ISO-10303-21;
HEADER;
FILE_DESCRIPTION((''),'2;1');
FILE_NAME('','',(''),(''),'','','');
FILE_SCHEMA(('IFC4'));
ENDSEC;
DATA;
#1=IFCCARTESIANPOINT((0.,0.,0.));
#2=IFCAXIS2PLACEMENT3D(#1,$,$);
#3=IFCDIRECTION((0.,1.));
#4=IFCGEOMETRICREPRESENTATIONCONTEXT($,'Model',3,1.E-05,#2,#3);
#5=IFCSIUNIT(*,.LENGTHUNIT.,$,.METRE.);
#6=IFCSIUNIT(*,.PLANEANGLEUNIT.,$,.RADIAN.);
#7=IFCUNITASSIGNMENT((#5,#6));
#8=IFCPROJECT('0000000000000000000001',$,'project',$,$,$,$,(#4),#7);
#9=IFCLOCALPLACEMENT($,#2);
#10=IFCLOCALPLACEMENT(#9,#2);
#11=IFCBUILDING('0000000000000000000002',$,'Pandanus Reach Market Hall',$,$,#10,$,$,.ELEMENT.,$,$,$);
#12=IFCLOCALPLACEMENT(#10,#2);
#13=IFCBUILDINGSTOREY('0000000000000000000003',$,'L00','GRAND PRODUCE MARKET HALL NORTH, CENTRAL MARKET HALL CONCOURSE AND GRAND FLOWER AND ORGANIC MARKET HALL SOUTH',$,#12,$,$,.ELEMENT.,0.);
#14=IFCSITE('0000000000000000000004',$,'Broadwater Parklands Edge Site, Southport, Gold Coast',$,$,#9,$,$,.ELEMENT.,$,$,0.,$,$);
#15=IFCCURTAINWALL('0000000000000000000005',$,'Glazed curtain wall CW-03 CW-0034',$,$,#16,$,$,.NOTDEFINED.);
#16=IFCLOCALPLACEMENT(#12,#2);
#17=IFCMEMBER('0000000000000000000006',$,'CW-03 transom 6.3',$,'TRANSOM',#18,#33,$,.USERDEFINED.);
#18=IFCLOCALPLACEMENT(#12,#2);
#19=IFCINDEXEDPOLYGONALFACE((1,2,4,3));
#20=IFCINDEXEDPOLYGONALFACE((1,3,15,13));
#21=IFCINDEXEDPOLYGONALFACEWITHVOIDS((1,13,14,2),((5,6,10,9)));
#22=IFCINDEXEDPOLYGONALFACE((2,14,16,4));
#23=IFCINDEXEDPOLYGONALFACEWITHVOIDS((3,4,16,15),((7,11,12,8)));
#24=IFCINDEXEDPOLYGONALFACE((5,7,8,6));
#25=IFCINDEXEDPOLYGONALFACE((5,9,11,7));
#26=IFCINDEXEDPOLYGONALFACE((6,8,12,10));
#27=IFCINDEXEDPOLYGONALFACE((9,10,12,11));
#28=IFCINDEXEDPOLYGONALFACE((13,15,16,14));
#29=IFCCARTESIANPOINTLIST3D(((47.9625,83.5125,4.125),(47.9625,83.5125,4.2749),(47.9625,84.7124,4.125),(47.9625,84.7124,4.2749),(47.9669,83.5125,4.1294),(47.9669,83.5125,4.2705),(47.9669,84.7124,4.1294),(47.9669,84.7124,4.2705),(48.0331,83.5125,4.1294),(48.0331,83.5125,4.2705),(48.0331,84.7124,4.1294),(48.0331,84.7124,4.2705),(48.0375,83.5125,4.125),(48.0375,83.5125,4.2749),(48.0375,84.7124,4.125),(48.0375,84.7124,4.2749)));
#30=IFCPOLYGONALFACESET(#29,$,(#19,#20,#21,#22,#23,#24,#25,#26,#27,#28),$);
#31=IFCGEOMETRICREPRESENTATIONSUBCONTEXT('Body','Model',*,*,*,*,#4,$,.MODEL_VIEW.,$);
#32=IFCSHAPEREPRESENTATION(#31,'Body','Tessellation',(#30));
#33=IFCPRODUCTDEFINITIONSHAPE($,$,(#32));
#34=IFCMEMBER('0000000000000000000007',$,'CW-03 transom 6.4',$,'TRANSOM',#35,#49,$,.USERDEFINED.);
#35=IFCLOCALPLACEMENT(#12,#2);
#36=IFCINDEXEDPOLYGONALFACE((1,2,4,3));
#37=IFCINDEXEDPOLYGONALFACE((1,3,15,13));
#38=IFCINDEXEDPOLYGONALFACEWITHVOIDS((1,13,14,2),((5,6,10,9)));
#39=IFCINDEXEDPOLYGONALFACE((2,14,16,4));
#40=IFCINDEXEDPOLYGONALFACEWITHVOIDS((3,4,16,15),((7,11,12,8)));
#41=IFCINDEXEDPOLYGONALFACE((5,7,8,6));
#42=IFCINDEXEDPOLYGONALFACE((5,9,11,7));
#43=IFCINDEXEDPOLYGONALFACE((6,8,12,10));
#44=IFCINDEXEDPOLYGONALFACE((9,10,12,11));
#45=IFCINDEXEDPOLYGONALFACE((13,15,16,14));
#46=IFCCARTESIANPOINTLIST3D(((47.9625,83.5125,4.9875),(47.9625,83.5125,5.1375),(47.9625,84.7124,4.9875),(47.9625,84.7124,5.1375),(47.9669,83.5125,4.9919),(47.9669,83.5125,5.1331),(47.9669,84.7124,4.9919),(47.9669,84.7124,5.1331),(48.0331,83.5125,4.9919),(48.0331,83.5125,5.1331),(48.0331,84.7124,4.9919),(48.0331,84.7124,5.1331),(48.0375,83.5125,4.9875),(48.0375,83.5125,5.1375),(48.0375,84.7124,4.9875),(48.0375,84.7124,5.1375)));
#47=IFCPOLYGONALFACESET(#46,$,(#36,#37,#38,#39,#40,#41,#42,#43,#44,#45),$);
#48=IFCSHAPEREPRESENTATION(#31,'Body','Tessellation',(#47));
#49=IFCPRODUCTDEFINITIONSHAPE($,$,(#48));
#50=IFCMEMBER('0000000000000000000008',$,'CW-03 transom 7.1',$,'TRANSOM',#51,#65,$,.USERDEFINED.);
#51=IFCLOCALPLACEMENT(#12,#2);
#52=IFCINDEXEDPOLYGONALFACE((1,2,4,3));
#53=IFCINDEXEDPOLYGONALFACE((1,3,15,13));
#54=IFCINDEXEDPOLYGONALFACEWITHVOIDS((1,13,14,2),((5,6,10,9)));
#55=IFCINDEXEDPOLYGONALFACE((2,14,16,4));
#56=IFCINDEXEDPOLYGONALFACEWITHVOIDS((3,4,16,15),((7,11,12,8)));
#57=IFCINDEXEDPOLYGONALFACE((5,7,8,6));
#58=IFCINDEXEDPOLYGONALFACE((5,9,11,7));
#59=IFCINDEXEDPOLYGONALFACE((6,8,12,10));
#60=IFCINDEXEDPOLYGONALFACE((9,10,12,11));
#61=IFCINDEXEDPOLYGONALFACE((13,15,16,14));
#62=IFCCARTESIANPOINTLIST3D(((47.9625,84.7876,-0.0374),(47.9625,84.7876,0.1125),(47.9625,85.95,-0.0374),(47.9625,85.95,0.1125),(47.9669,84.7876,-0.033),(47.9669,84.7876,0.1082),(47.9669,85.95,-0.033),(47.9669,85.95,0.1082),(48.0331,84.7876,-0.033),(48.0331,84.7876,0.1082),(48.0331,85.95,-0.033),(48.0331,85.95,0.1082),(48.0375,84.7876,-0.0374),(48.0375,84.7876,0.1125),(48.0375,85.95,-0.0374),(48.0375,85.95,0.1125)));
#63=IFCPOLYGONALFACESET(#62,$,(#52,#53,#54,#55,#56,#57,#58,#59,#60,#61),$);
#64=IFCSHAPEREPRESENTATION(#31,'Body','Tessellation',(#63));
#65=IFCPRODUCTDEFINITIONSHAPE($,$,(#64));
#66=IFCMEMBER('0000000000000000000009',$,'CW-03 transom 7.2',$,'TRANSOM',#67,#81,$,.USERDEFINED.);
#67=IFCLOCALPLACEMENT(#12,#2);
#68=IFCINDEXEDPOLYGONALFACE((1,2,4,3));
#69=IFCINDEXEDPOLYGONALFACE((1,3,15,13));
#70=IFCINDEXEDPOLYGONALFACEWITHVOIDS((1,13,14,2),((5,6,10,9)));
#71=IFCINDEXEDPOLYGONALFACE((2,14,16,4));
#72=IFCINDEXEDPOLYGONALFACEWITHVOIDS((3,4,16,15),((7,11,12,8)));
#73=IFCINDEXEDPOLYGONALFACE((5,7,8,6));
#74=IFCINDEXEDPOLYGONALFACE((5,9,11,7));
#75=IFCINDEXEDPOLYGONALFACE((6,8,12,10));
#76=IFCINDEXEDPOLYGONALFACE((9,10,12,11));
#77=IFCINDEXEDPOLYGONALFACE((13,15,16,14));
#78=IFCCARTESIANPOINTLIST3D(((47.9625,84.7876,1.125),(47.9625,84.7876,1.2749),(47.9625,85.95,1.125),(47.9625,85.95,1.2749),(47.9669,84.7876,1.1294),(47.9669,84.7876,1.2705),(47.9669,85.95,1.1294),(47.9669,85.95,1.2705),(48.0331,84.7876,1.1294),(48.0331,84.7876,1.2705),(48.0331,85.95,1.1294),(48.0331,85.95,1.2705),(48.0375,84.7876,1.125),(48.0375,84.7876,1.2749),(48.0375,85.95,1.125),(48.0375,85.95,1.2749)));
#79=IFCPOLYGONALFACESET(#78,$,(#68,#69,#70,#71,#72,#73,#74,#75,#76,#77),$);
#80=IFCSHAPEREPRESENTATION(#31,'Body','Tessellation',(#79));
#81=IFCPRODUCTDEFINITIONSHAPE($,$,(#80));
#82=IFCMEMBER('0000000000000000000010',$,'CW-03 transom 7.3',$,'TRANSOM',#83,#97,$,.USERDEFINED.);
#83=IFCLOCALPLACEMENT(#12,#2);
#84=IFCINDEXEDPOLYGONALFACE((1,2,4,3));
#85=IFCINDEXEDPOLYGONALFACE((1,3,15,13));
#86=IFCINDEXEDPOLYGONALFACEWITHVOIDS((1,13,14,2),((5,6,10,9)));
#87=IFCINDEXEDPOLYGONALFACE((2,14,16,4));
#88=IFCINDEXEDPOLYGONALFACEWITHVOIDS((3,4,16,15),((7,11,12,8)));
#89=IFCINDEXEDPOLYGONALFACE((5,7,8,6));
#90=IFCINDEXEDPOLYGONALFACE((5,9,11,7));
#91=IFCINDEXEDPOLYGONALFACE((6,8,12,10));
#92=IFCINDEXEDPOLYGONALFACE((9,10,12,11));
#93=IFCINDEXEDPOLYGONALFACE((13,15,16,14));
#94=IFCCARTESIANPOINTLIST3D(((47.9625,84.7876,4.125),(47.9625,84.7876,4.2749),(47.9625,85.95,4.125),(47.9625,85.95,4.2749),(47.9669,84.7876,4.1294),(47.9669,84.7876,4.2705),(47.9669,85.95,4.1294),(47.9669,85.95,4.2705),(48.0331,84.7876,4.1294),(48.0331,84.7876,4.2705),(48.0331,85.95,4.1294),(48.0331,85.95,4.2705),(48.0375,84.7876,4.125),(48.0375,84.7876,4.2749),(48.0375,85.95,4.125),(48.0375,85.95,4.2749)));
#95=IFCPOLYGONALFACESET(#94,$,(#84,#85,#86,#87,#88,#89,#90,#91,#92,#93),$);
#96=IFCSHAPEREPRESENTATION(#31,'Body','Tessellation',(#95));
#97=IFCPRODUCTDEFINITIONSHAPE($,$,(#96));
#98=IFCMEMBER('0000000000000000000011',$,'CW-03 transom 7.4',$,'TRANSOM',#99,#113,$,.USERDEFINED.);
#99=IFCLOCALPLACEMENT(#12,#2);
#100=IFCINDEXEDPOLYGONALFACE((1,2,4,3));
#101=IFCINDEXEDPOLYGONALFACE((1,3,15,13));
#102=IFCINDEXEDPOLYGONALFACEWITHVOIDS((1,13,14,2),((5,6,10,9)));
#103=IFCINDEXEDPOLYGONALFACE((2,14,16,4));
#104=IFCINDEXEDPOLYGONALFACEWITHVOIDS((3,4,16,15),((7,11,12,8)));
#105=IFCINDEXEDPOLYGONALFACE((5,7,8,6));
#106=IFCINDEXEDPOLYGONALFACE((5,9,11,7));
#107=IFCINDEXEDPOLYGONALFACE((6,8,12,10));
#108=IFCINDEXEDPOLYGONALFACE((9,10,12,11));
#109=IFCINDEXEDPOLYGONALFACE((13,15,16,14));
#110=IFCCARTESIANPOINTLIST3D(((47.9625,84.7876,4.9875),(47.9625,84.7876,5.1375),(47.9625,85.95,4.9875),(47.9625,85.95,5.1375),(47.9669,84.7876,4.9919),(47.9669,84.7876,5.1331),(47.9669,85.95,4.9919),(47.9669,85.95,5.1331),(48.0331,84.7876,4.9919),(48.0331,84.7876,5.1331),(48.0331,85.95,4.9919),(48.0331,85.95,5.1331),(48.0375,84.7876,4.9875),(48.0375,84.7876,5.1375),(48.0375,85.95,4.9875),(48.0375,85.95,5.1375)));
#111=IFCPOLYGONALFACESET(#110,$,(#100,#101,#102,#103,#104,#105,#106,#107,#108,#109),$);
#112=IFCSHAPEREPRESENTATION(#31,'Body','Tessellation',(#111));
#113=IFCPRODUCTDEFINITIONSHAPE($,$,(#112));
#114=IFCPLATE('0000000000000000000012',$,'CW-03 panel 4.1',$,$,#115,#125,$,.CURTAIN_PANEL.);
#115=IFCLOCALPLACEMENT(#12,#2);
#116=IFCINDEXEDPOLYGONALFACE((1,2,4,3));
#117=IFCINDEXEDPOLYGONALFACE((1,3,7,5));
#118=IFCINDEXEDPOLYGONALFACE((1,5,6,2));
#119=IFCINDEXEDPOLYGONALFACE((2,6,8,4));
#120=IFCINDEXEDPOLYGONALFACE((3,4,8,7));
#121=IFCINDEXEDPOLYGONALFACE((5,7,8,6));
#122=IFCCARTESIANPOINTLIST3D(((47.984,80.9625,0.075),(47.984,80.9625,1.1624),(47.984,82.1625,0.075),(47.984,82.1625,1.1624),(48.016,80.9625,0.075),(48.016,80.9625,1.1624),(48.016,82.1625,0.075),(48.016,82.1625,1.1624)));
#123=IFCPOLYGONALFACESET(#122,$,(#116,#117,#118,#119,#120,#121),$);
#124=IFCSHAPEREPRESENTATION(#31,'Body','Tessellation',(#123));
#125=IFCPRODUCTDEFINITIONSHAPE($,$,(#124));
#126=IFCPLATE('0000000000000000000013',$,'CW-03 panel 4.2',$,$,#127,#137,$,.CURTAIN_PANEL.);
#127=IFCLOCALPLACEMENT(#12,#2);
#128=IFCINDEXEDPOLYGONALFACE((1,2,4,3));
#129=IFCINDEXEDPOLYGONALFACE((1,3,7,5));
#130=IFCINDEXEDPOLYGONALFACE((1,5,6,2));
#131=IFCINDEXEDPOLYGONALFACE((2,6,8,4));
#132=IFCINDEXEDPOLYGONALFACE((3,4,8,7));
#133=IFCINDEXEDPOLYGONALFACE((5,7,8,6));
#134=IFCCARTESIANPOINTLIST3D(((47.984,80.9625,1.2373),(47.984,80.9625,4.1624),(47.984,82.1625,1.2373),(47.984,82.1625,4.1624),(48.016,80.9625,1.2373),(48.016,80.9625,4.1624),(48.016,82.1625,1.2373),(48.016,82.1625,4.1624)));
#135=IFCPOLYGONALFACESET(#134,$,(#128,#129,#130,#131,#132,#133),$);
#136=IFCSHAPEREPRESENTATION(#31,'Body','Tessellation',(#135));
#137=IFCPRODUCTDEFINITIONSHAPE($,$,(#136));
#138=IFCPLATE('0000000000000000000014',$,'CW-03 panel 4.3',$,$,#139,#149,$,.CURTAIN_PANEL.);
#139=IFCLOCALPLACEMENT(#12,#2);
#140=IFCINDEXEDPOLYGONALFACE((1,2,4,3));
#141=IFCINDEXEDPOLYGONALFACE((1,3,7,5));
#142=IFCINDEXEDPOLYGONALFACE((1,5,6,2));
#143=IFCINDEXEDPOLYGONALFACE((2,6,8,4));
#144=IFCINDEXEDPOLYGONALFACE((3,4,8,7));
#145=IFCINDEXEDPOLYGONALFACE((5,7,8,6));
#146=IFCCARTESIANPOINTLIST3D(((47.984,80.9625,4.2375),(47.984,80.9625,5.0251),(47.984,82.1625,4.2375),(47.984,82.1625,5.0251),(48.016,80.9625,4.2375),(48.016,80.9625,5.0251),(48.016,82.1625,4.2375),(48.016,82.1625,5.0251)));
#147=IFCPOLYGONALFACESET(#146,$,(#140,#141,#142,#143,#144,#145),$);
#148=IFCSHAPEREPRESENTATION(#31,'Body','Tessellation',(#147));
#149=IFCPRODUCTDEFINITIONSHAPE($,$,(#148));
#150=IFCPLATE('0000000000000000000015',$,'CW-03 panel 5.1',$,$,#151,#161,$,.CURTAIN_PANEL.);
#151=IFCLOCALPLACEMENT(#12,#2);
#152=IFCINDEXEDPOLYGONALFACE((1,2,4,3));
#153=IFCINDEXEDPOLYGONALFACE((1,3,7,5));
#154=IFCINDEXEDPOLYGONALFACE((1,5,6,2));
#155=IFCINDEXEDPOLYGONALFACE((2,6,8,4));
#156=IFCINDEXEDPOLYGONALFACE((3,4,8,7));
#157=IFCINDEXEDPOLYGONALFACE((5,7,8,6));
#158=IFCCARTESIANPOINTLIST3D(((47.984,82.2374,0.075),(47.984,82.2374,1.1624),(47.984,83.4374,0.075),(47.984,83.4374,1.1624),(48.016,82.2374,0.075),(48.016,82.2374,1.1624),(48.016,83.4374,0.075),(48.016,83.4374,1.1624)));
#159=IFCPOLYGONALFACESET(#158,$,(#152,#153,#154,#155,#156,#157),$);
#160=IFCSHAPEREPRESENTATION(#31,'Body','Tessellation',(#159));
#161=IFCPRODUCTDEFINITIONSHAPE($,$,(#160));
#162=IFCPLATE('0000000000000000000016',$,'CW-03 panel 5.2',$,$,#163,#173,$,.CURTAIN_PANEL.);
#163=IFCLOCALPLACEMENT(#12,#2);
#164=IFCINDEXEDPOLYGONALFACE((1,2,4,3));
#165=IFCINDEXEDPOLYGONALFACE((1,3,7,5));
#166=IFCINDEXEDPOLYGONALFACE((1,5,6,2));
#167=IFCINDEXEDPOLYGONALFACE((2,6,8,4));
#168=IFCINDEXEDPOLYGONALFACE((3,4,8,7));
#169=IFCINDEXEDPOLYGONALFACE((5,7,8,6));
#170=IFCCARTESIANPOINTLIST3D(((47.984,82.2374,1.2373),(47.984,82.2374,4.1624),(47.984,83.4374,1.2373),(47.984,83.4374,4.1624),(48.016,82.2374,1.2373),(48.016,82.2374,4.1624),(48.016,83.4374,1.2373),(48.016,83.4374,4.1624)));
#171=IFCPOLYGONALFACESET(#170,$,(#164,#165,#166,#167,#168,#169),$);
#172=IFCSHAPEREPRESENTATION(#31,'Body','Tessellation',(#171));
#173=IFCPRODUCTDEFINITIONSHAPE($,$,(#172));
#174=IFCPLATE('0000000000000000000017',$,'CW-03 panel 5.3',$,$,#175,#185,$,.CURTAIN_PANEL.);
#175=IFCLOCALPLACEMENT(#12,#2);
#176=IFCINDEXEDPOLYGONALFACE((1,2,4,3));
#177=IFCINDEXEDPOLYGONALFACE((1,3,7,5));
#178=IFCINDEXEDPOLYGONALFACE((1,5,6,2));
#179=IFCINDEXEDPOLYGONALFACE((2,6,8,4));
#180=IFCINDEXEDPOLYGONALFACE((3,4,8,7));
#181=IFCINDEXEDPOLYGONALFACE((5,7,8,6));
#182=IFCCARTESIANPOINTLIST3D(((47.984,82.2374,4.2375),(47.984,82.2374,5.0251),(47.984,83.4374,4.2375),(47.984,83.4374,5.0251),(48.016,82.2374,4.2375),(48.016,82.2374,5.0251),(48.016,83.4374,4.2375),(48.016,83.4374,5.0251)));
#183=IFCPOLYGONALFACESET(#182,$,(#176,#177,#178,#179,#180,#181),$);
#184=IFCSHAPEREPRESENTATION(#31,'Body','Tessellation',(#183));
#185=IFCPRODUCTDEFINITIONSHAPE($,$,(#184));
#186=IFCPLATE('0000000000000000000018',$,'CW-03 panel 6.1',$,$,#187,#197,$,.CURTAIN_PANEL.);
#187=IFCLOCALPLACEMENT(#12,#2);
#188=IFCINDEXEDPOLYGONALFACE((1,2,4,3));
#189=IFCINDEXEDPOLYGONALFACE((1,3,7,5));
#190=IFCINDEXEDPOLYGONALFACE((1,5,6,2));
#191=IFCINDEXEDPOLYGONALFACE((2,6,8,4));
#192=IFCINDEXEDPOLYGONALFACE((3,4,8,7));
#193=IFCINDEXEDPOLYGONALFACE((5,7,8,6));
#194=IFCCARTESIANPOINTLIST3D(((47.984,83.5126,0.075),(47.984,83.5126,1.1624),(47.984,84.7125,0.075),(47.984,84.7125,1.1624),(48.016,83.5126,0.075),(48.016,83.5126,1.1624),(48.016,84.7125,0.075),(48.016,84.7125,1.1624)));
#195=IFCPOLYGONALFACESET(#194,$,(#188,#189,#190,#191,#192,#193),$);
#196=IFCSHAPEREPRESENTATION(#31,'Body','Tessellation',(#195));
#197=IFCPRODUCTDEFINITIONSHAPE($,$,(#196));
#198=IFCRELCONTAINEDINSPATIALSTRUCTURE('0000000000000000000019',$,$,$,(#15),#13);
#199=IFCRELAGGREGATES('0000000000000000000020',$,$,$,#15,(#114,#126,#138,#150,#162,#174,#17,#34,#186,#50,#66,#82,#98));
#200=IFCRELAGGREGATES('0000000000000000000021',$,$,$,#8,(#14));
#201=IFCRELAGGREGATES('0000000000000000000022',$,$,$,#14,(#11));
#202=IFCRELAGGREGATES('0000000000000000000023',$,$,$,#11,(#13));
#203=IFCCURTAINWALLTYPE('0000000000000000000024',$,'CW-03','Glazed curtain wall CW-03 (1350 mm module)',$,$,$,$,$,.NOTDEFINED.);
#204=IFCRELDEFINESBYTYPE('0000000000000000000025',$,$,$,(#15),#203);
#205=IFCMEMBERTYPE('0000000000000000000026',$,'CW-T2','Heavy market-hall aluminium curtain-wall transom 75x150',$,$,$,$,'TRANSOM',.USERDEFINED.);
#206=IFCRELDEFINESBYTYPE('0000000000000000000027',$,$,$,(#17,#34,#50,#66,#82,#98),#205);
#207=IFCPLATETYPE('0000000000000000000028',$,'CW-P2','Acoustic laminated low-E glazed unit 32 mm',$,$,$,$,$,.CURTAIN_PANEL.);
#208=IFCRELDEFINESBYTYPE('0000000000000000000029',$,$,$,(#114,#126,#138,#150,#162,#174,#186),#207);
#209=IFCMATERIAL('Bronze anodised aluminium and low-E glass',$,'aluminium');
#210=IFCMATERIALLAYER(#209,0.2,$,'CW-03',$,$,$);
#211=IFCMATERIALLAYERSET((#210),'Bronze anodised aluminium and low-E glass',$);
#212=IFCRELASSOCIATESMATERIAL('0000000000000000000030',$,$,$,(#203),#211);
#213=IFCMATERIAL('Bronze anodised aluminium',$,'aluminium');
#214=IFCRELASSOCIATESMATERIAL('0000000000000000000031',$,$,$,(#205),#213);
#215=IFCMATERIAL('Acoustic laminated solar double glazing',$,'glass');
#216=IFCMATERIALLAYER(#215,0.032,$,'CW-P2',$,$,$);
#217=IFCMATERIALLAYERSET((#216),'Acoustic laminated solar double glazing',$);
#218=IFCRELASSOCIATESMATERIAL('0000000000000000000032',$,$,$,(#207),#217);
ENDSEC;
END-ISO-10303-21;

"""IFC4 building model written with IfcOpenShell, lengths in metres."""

from ifc_helpers import new_model, si_unit, direction, frame, origin, origin_2d, place, context, subcontext, project, spatial, rectangle, hollow_rectangle, extrude, material, layer, layer_set, material_profile, profile_set, type_object, element, aggregate, save


model = new_model("IFC4")

# Units and contexts
model_context = context("Model", 3, precision=1e-05, world=origin(), true_north=direction((0.0, 1.0)))
body_context = subcontext(model_context, "Body", "Model", "MODEL_VIEW")
ifc_project = project(units=[si_unit("LENGTHUNIT", "METRE"), si_unit("PLANEANGLEUNIT", "RADIAN")], contexts=[model_context])

# Site, building, storey
site_placement = place(None, origin())
site = spatial("IfcSite", under=ifc_project, at=site_placement, Name="Broadwater Parklands Edge Site, Southport, Gold Coast", CompositionType="ELEMENT", RefElevation=0.0)
building_placement = place(site_placement, origin())
building = spatial("IfcBuilding", under=site, at=building_placement, Name="Pandanus Reach Market Hall", CompositionType="ELEMENT")
storey_placement = place(building_placement, origin())
storey = spatial("IfcBuildingStorey", under=building, at=storey_placement, Name="L00", Description="GRAND PRODUCE MARKET HALL NORTH, CENTRAL MARKET HALL CONCOURSE AND GRAND FLOWER AND ORGANIC MARKET HALL SOUTH", CompositionType="ELEMENT", Elevation=0.0)

# Curtain wall, members, plates
ifc_material_1 = material(Name="Bronze anodised aluminium and low-E glass", Category="aluminium")
ifc_layer_1 = layer(ifc_material_1, 0.2, Name="CW-03")
ifc_layer_set_1 = layer_set([ifc_layer_1], Name="Bronze anodised aluminium and low-E glass")
curtain_wall_type = type_object("IfcCurtainWallType", Name="CW-03", Description="Glazed curtain wall CW-03 (1350 mm module)", PredefinedType="NOTDEFINED", material=ifc_layer_set_1)
curtain_wall_placement = place(storey_placement, origin())
curtain_wall = element("IfcCurtainWall", 1, at=curtain_wall_placement, inside=storey, type_object=curtain_wall_type, Name="Glazed curtain wall CW-03 CW-0034", PredefinedType="NOTDEFINED")
ifc_material_2 = material(Name="Bronze anodised aluminium", Category="aluminium")
ifc_material_profile_1 = material_profile(ifc_material_2, hollow_rectangle(XDim=0.075, YDim=0.1499, WallThickness=0.0044, at=origin_2d()), Name="ALU75x150", Category="LoadBearing")
ifc_profile_set_1 = profile_set([ifc_material_profile_1], Name="Bronze anodised aluminium")
member_type_1 = type_object("IfcMemberType", Name="CW-T2", Description="Heavy market-hall aluminium curtain-wall transom 75x150", ElementType="TRANSOM", PredefinedType="USERDEFINED", material=ifc_profile_set_1)
member_1_placement = place(storey_placement, frame((48.0, 83.5125, 4.2), z_axis=(0.0, 1.0, 0.0), x_axis=(-1.0, 0.0, 0.0)))
member_1 = element("IfcMember", 2, at=member_1_placement, type_object=member_type_1, Name="CW-03 transom 6.3", ObjectType="TRANSOM", PredefinedType="USERDEFINED", context=body_context, shape_type="SweptSolid", body=[
    extrude(hollow_rectangle(XDim=0.075, YDim=0.1499, WallThickness=0.0044, at=origin_2d()), origin(), (0.0, 0.0, 1.0), 1.2),
])
member_2_placement = place(storey_placement, frame((48.0, 83.5125, 5.0625), z_axis=(0.0, 1.0, 0.0), x_axis=(-1.0, 0.0, 0.0)))
member_2 = element("IfcMember", 3, at=member_2_placement, type_object=member_type_1, Name="CW-03 transom 6.4", ObjectType="TRANSOM", PredefinedType="USERDEFINED", context=body_context, shape_type="SweptSolid", body=[
    extrude(hollow_rectangle(XDim=0.075, YDim=0.1499, WallThickness=0.0044, at=origin_2d()), origin(), (0.0, 0.0, 1.0), 1.2),
])
member_3_placement = place(storey_placement, frame((48.0, 84.7876, 0.0376), z_axis=(0.0, 1.0, 0.0), x_axis=(-1.0, 0.0, 0.0)))
member_3 = element("IfcMember", 4, at=member_3_placement, type_object=member_type_1, Name="CW-03 transom 7.1", ObjectType="TRANSOM", PredefinedType="USERDEFINED", context=body_context, shape_type="SweptSolid", body=[
    extrude(hollow_rectangle(XDim=0.075, YDim=0.1499, WallThickness=0.0044, at=origin_2d()), origin(), (0.0, 0.0, 1.0), 1.1624),
])
member_4_placement = place(storey_placement, frame((48.0, 84.7876, 1.2), z_axis=(0.0, 1.0, 0.0), x_axis=(-1.0, 0.0, 0.0)))
member_4 = element("IfcMember", 5, at=member_4_placement, type_object=member_type_1, Name="CW-03 transom 7.2", ObjectType="TRANSOM", PredefinedType="USERDEFINED", context=body_context, shape_type="SweptSolid", body=[
    extrude(hollow_rectangle(XDim=0.075, YDim=0.1499, WallThickness=0.0044, at=origin_2d()), origin(), (0.0, 0.0, 1.0), 1.1624),
])
member_5_placement = place(storey_placement, frame((48.0, 84.7876, 4.2), z_axis=(0.0, 1.0, 0.0), x_axis=(-1.0, 0.0, 0.0)))
member_5 = element("IfcMember", 6, at=member_5_placement, type_object=member_type_1, Name="CW-03 transom 7.3", ObjectType="TRANSOM", PredefinedType="USERDEFINED", context=body_context, shape_type="SweptSolid", body=[
    extrude(hollow_rectangle(XDim=0.075, YDim=0.1499, WallThickness=0.0044, at=origin_2d()), origin(), (0.0, 0.0, 1.0), 1.1624),
])
member_6_placement = place(storey_placement, frame((48.0, 84.7876, 5.0625), z_axis=(0.0, 1.0, 0.0), x_axis=(-1.0, 0.0, 0.0)))
member_6 = element("IfcMember", 7, at=member_6_placement, type_object=member_type_1, Name="CW-03 transom 7.4", ObjectType="TRANSOM", PredefinedType="USERDEFINED", context=body_context, shape_type="SweptSolid", body=[
    extrude(hollow_rectangle(XDim=0.075, YDim=0.1499, WallThickness=0.0044, at=origin_2d()), origin(), (0.0, 0.0, 1.0), 1.1624),
])
ifc_material_3 = material(Name="Acoustic laminated solar double glazing", Category="glass")
ifc_layer_2 = layer(ifc_material_3, 0.032, Name="CW-P2")
ifc_layer_set_2 = layer_set([ifc_layer_2], Name="Acoustic laminated solar double glazing")
plate_type = type_object("IfcPlateType", Name="CW-P2", Description="Acoustic laminated low-E glazed unit 32 mm", PredefinedType="CURTAIN_PANEL", material=ifc_layer_set_2)
plate_1_placement = place(storey_placement, frame((48.0, 81.5625, 0.075), z_axis=(0.0, 0.0, 1.0), x_axis=(0.0, 1.0, 0.0)))
plate_1 = element("IfcPlate", 8, at=plate_1_placement, type_object=plate_type, Name="CW-03 panel 4.1", PredefinedType="CURTAIN_PANEL", context=body_context, shape_type="SweptSolid", body=[
    extrude(rectangle(XDim=1.2, YDim=0.032, at=origin_2d()), origin(), (0.0, 0.0, 1.0), 1.0874),
])
plate_2_placement = place(storey_placement, frame((48.0, 81.5625, 1.2373), z_axis=(0.0, 0.0, 1.0), x_axis=(0.0, 1.0, 0.0)))
plate_2 = element("IfcPlate", 9, at=plate_2_placement, type_object=plate_type, Name="CW-03 panel 4.2", PredefinedType="CURTAIN_PANEL", context=body_context, shape_type="SweptSolid", body=[
    extrude(rectangle(XDim=1.2, YDim=0.032, at=origin_2d()), origin(), (0.0, 0.0, 1.0), 2.925),
])
plate_3_placement = place(storey_placement, frame((48.0, 81.5625, 4.2375), z_axis=(0.0, 0.0, 1.0), x_axis=(0.0, 1.0, 0.0)))
plate_3 = element("IfcPlate", 10, at=plate_3_placement, type_object=plate_type, Name="CW-03 panel 4.3", PredefinedType="CURTAIN_PANEL", context=body_context, shape_type="SweptSolid", body=[
    extrude(rectangle(XDim=1.2, YDim=0.032, at=origin_2d()), origin(), (0.0, 0.0, 1.0), 0.7876),
])
plate_4_placement = place(storey_placement, frame((48.0, 82.8374, 0.075), z_axis=(0.0, 0.0, 1.0), x_axis=(0.0, 1.0, 0.0)))
plate_4 = element("IfcPlate", 11, at=plate_4_placement, type_object=plate_type, Name="CW-03 panel 5.1", PredefinedType="CURTAIN_PANEL", context=body_context, shape_type="SweptSolid", body=[
    extrude(rectangle(XDim=1.2, YDim=0.032, at=origin_2d()), origin(), (0.0, 0.0, 1.0), 1.0874),
])
plate_5_placement = place(storey_placement, frame((48.0, 82.8374, 1.2373), z_axis=(0.0, 0.0, 1.0), x_axis=(0.0, 1.0, 0.0)))
plate_5 = element("IfcPlate", 12, at=plate_5_placement, type_object=plate_type, Name="CW-03 panel 5.2", PredefinedType="CURTAIN_PANEL", context=body_context, shape_type="SweptSolid", body=[
    extrude(rectangle(XDim=1.2, YDim=0.032, at=origin_2d()), origin(), (0.0, 0.0, 1.0), 2.925),
])
plate_6_placement = place(storey_placement, frame((48.0, 82.8374, 4.2375), z_axis=(0.0, 0.0, 1.0), x_axis=(0.0, 1.0, 0.0)))
plate_6 = element("IfcPlate", 13, at=plate_6_placement, type_object=plate_type, Name="CW-03 panel 5.3", PredefinedType="CURTAIN_PANEL", context=body_context, shape_type="SweptSolid", body=[
    extrude(rectangle(XDim=1.2, YDim=0.032, at=origin_2d()), origin(), (0.0, 0.0, 1.0), 0.7876),
])
plate_7_placement = place(storey_placement, frame((48.0, 84.1125, 0.075), z_axis=(0.0, 0.0, 1.0), x_axis=(0.0, 1.0, 0.0)))
plate_7 = element("IfcPlate", 14, at=plate_7_placement, type_object=plate_type, Name="CW-03 panel 6.1", PredefinedType="CURTAIN_PANEL", context=body_context, shape_type="SweptSolid", body=[
    extrude(rectangle(XDim=1.2, YDim=0.032, at=origin_2d()), origin(), (0.0, 0.0, 1.0), 1.0874),
])
aggregate(curtain_wall, [plate_1, plate_2, plate_3, plate_4, plate_5, plate_6, member_1, member_2, plate_7, member_3, member_4, member_5, member_6])

save(model, "model.ifc")
